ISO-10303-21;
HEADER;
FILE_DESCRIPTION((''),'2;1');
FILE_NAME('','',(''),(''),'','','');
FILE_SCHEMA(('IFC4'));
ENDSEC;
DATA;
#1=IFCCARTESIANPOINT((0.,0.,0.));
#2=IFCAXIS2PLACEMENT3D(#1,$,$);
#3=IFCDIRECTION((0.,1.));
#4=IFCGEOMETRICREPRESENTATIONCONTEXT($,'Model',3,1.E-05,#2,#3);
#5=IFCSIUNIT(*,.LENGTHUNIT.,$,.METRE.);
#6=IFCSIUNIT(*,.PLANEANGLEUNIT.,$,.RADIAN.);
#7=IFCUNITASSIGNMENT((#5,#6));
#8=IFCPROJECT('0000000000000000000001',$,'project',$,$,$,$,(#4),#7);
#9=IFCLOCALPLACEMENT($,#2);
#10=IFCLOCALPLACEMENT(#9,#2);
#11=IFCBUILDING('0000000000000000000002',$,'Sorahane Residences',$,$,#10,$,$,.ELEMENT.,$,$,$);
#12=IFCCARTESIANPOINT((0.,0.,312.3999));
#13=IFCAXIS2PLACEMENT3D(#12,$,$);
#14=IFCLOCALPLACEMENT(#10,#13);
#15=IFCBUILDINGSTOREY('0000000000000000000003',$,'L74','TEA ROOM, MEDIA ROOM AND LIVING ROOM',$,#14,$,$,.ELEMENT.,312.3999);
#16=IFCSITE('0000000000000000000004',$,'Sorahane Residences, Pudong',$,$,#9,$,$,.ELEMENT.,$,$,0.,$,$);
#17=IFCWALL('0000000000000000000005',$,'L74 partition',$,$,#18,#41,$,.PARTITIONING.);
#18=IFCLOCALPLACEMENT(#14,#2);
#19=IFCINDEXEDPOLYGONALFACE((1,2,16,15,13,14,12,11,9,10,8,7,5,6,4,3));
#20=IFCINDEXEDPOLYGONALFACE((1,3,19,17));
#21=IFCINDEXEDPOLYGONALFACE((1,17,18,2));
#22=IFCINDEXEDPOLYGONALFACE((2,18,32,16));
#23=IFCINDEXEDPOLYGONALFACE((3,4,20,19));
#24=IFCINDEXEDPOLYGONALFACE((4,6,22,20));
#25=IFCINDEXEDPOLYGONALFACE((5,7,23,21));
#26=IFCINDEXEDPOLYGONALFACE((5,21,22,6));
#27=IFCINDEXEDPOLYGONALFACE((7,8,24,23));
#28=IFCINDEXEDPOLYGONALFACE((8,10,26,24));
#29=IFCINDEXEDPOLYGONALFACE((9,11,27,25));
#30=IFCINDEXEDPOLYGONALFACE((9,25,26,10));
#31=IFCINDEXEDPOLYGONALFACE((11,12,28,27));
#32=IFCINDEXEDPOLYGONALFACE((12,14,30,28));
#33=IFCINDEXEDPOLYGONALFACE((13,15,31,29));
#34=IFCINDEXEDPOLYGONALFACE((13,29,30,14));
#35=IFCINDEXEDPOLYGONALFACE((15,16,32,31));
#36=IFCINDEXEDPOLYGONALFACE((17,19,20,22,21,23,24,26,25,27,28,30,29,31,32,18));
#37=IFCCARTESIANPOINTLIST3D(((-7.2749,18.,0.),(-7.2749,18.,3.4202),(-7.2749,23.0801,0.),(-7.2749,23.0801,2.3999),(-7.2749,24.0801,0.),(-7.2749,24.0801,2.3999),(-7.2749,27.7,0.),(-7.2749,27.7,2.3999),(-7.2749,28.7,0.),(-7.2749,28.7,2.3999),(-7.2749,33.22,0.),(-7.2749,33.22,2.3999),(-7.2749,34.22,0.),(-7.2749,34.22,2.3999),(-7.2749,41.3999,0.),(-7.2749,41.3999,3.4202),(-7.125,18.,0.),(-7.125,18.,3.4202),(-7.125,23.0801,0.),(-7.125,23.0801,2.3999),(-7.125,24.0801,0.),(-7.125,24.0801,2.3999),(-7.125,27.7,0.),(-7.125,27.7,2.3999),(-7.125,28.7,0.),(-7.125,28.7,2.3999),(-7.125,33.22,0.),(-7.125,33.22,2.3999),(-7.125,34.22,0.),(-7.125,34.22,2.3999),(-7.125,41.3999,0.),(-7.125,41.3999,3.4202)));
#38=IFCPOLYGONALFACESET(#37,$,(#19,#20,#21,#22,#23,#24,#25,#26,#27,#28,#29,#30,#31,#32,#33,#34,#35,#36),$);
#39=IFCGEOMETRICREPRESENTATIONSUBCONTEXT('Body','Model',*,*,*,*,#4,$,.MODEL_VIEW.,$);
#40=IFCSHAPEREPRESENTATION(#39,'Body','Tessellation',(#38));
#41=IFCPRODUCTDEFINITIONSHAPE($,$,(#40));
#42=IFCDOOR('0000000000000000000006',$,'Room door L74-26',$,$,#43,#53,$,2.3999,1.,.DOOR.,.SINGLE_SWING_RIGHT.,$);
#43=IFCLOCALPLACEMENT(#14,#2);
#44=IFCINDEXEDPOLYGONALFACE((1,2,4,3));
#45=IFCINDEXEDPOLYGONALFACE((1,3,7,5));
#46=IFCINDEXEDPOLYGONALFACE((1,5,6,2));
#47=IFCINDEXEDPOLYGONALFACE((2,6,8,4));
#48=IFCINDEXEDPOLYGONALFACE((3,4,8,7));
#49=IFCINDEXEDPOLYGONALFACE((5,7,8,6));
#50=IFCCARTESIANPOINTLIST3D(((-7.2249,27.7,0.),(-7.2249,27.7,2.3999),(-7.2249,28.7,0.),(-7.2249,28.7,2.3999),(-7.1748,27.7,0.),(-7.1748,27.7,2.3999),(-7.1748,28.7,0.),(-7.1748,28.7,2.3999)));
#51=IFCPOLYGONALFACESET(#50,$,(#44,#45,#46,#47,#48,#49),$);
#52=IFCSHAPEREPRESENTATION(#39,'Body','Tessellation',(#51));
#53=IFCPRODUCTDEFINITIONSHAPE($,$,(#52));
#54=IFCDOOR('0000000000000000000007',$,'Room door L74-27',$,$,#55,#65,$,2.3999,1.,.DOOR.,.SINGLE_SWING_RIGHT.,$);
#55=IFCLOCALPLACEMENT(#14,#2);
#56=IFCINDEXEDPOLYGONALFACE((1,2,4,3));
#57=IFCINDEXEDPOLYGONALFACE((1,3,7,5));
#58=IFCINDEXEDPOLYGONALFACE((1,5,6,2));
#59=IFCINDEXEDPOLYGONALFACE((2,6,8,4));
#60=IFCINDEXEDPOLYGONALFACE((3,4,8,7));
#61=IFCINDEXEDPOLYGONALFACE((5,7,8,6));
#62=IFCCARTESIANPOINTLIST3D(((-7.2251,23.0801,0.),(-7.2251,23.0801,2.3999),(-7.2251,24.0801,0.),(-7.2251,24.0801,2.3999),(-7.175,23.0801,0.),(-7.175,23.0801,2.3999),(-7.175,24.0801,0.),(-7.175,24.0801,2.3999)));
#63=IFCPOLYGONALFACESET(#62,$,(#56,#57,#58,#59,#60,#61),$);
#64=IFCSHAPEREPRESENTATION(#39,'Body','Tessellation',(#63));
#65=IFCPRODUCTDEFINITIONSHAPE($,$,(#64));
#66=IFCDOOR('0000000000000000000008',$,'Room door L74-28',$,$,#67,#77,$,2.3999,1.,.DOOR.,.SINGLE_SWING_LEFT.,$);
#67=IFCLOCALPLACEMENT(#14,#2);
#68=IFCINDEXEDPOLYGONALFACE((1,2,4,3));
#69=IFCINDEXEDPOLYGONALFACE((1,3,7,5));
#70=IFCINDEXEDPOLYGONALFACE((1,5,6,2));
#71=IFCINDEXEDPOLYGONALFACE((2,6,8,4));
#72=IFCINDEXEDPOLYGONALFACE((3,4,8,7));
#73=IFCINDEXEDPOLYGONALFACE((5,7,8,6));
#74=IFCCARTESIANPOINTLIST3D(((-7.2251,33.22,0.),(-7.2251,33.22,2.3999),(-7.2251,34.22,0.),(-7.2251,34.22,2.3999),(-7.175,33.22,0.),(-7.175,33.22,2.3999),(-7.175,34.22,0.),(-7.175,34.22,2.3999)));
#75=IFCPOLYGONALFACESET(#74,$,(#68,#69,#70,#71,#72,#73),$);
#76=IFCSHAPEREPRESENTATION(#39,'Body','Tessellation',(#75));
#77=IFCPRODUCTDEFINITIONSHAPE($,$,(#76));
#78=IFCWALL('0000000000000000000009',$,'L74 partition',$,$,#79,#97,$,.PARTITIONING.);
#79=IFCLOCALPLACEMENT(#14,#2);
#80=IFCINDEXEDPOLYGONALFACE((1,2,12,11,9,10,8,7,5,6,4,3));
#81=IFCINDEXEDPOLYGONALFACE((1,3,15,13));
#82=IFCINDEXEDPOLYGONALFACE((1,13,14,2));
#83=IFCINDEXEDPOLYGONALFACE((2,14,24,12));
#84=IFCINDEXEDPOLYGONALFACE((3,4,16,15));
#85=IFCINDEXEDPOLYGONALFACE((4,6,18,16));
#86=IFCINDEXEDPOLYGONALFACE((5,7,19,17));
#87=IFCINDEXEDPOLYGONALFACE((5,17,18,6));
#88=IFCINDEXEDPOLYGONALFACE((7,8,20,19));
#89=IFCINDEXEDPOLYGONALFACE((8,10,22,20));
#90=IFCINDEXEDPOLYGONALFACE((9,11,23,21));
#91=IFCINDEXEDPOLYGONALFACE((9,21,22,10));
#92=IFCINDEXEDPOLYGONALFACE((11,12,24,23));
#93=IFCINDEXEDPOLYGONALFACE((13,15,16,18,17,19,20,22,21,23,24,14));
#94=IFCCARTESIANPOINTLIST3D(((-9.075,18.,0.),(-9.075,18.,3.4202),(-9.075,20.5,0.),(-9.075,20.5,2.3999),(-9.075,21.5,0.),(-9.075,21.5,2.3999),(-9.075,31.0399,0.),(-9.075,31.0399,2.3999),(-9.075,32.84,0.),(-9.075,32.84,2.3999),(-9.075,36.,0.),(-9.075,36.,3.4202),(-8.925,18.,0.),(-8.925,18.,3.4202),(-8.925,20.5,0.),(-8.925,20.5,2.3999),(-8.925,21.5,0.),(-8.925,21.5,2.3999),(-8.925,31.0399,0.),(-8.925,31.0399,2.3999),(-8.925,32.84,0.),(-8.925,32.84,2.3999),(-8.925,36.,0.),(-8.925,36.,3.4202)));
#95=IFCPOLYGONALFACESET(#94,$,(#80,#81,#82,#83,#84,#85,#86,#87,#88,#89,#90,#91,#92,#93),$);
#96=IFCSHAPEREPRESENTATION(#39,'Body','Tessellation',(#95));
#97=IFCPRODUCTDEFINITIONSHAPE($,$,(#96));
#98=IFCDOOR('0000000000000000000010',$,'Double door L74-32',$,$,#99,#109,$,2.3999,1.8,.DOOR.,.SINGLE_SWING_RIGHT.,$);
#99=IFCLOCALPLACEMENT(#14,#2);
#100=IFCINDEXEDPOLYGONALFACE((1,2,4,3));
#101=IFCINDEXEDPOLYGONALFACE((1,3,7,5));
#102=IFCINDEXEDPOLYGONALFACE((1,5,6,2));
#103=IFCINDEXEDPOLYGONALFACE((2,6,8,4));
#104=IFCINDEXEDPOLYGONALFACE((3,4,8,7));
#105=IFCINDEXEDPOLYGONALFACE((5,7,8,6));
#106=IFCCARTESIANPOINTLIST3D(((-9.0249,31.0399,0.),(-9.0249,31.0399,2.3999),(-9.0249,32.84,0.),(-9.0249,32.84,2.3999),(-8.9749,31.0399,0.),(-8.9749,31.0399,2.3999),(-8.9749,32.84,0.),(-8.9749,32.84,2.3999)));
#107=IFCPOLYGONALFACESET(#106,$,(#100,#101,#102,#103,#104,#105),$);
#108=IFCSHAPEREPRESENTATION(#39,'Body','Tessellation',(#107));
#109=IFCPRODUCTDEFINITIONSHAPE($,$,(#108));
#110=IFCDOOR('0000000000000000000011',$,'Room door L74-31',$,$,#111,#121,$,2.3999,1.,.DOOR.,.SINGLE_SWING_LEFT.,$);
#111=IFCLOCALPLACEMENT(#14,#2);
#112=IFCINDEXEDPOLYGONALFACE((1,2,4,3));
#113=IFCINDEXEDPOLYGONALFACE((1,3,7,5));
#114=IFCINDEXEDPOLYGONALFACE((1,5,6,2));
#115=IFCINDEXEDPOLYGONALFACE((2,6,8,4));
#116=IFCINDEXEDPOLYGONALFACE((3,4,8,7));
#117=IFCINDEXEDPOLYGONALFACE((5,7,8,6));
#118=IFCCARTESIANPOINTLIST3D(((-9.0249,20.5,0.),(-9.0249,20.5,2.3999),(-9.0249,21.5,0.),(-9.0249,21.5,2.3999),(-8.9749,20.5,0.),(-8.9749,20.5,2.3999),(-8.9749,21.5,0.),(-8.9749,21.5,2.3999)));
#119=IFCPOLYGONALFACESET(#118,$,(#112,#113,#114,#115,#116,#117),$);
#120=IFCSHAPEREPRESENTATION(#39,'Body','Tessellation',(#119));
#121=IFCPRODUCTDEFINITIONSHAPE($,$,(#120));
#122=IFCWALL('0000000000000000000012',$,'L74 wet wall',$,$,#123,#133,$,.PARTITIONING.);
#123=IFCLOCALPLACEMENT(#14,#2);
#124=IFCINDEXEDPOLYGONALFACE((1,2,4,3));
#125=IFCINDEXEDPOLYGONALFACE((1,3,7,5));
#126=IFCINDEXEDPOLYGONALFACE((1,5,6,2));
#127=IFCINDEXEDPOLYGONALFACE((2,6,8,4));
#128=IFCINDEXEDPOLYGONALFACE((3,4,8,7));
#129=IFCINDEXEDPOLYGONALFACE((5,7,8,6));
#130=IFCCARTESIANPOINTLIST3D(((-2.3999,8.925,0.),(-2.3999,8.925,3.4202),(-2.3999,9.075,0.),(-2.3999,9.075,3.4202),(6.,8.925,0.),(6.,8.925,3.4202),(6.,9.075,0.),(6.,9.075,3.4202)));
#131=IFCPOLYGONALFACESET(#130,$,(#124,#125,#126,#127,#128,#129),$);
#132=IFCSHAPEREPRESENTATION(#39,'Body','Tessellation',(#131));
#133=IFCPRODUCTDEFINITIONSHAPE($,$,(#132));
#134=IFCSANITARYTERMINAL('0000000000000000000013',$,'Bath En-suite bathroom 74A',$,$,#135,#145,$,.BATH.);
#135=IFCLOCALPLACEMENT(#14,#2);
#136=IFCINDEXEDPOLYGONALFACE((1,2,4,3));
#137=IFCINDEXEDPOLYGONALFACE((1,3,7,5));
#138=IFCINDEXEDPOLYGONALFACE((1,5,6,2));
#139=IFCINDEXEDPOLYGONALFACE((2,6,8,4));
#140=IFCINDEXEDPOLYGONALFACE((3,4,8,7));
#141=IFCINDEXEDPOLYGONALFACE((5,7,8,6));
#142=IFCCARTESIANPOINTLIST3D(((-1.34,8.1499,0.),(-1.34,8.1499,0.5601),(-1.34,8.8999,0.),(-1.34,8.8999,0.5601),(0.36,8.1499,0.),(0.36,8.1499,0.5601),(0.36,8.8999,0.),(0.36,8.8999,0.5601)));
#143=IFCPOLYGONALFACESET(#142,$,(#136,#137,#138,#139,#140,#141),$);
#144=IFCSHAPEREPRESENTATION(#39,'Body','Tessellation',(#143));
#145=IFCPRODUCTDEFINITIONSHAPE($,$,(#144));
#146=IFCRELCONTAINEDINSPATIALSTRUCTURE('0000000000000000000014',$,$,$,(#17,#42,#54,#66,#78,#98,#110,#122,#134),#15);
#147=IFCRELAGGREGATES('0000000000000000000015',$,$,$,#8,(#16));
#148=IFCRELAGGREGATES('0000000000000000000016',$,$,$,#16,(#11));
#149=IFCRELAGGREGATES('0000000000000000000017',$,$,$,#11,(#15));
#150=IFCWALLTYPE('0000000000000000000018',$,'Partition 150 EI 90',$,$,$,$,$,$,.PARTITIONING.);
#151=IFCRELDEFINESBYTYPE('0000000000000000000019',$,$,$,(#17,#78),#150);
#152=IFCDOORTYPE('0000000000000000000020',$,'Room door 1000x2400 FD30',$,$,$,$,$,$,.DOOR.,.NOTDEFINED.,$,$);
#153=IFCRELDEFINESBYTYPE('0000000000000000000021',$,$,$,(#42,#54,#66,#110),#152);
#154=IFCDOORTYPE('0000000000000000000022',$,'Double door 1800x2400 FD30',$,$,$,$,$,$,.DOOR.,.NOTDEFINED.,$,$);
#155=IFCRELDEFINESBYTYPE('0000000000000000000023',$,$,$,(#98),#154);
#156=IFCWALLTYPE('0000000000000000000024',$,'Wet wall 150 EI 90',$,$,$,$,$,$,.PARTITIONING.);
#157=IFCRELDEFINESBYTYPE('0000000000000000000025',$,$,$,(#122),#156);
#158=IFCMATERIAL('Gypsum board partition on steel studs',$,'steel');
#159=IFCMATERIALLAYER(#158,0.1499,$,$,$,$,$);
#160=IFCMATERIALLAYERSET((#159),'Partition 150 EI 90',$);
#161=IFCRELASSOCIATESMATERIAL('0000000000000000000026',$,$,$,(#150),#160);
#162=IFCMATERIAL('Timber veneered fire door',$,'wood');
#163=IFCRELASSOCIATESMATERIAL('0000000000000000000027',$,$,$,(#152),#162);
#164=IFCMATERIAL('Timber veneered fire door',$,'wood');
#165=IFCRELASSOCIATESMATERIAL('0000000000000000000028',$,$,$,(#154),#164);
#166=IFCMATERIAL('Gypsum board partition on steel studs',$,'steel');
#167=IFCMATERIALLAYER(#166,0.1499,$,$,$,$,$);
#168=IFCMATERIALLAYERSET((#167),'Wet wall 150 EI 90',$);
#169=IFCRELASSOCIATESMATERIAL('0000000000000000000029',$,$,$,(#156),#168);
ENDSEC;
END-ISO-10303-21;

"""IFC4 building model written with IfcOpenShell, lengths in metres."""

from ifc_helpers import new_model, si_unit, direction, frame, frame_2d, origin, origin_2d, place, context, subcontext, project, spatial, rectangle, extrude, material, layer, layer_set, type_object, element, fill, save


model = new_model("IFC4")

# Units and contexts
model_context = context("Model", 3, precision=1e-05, world=origin(), true_north=direction((0.0, 1.0)))
body_context = subcontext(model_context, "Body", "Model", "MODEL_VIEW")
ifc_project = project(units=[si_unit("LENGTHUNIT", "METRE"), si_unit("PLANEANGLEUNIT", "RADIAN")], contexts=[model_context])

# Site, building, storey
site_placement = place(None, origin())
site = spatial("IfcSite", under=ifc_project, at=site_placement, Name="Sorahane Residences, Pudong", CompositionType="ELEMENT", RefElevation=0.0)
building_placement = place(site_placement, origin())
building = spatial("IfcBuilding", under=site, at=building_placement, Name="Sorahane Residences", CompositionType="ELEMENT")
storey_placement = place(building_placement, frame((0.0, 0.0, 312.3999)))
storey = spatial("IfcBuildingStorey", under=building, at=storey_placement, Name="L74", Description="TEA ROOM, MEDIA ROOM AND LIVING ROOM", CompositionType="ELEMENT", Elevation=312.3999)

# Shared definitions
ifc_material_1 = material(Name="Gypsum board partition on steel studs", Category="steel")
ifc_layer_1 = layer(ifc_material_1, 0.1499)
ifc_layer_set_1 = layer_set([ifc_layer_1], Name="Partition 150 EI 90")
wall_type_1 = type_object("IfcWallType", Name="Partition 150 EI 90", PredefinedType="PARTITIONING", material=ifc_layer_set_1)

# Walls, openings, doors
wall_1_placement = place(storey_placement, frame((-7.2, 18.0, 0.0), z_axis=(0.0, 0.0, 1.0), x_axis=(0.0, 1.0, 0.0)))
wall_1 = element("IfcWall", 1, at=wall_1_placement, inside=storey, type_object=wall_type_1, Name="L74 partition", PredefinedType="PARTITIONING", context=body_context, shape_type="SweptSolid", body=[
    extrude(rectangle(XDim=23.3999, YDim=0.1499, at=frame_2d((11.7, 0.0))), origin(), (0.0, 0.0, 1.0), 3.4202),
])
opening_1_placement = place(wall_1_placement, frame((9.7, 0.0, 0.0)))
opening_1 = element("IfcOpeningElement", 2, at=opening_1_placement, cuts=wall_1, PredefinedType="OPENING", context=body_context, shape_type="SweptSolid", body=[
    extrude(rectangle(XDim=1.0, YDim=2.3999, at=frame_2d((0.5, 1.2))), frame((0.0, 0.085, 0.0), z_axis=(0.0, -1.0, 0.0), x_axis=(1.0, 0.0, 0.0)), (0.0, 0.0, 1.0), 0.1699),
])
opening_2_placement = place(wall_1_placement, frame((5.0801, 0.0, 0.0)))
opening_2 = element("IfcOpeningElement", 3, at=opening_2_placement, cuts=wall_1, PredefinedType="OPENING", context=body_context, shape_type="SweptSolid", body=[
    extrude(rectangle(XDim=1.0, YDim=2.3999, at=frame_2d((0.5, 1.2))), frame((0.0, 0.085, 0.0), z_axis=(0.0, -1.0, 0.0), x_axis=(1.0, 0.0, 0.0)), (0.0, 0.0, 1.0), 0.1699),
])
opening_3_placement = place(wall_1_placement, frame((15.22, 0.0, 0.0)))
opening_3 = element("IfcOpeningElement", 4, at=opening_3_placement, cuts=wall_1, PredefinedType="OPENING", context=body_context, shape_type="SweptSolid", body=[
    extrude(rectangle(XDim=1.0, YDim=2.3999, at=frame_2d((0.5, 1.2))), frame((0.0, 0.085, 0.0), z_axis=(0.0, -1.0, 0.0), x_axis=(1.0, 0.0, 0.0)), (0.0, 0.0, 1.0), 0.1699),
])
ifc_material_2 = material(Name="Timber veneered fire door", Category="wood")
door_type_1 = type_object("IfcDoorType", Name="Room door 1000x2400 FD30", OperationType="NOTDEFINED", PredefinedType="DOOR", material=ifc_material_2)
door_1_placement = place(opening_1_placement, origin())
door_1 = element("IfcDoor", 5, at=door_1_placement, inside=storey, type_object=door_type_1, Name="Room door L74-26", OperationType="SINGLE_SWING_RIGHT", OverallHeight=2.3999, OverallWidth=1.0, PredefinedType="DOOR", context=body_context, shape_type="SweptSolid", body=[
    extrude(rectangle(XDim=1.0, YDim=2.3999, at=frame_2d((0.5, 1.2))), frame((0.0, 0.0249, 0.0), z_axis=(0.0, -1.0, 0.0), x_axis=(1.0, 0.0, 0.0)), (0.0, 0.0, 1.0), 0.05),
])
fill(opening_1, door_1)
door_2_placement = place(opening_2_placement, frame((1.0, 0.0, 0.0), z_axis=(0.0, 0.0, 1.0), x_axis=(-1.0, 0.0, 0.0)))
door_2 = element("IfcDoor", 6, at=door_2_placement, inside=storey, type_object=door_type_1, Name="Room door L74-27", OperationType="SINGLE_SWING_RIGHT", OverallHeight=2.3999, OverallWidth=1.0, PredefinedType="DOOR", context=body_context, shape_type="SweptSolid", body=[
    extrude(rectangle(XDim=1.0, YDim=2.3999, at=frame_2d((0.5, 1.2))), frame((0.0, 0.0249, 0.0), z_axis=(0.0, -1.0, 0.0), x_axis=(1.0, 0.0, 0.0)), (0.0, 0.0, 1.0), 0.05),
])
fill(opening_2, door_2)
door_3_placement = place(opening_3_placement, frame((1.0, 0.0, 0.0), z_axis=(0.0, 0.0, 1.0), x_axis=(-1.0, 0.0, 0.0)))
door_3 = element("IfcDoor", 7, at=door_3_placement, inside=storey, type_object=door_type_1, Name="Room door L74-28", OperationType="SINGLE_SWING_LEFT", OverallHeight=2.3999, OverallWidth=1.0, PredefinedType="DOOR", context=body_context, shape_type="SweptSolid", body=[
    extrude(rectangle(XDim=1.0, YDim=2.3999, at=frame_2d((0.5, 1.2))), frame((0.0, 0.0249, 0.0), z_axis=(0.0, -1.0, 0.0), x_axis=(1.0, 0.0, 0.0)), (0.0, 0.0, 1.0), 0.05),
])
fill(opening_3, door_3)
wall_2_placement = place(storey_placement, frame((-9.0, 18.0, 0.0), z_axis=(0.0, 0.0, 1.0), x_axis=(0.0, 1.0, 0.0)))
wall_2 = element("IfcWall", 8, at=wall_2_placement, inside=storey, type_object=wall_type_1, Name="L74 partition", PredefinedType="PARTITIONING", context=body_context, shape_type="SweptSolid", body=[
    extrude(rectangle(XDim=18.0, YDim=0.1499, at=frame_2d((9.0, 0.0))), origin(), (0.0, 0.0, 1.0), 3.4202),
])
opening_4_placement = place(wall_2_placement, frame((2.5, 0.0, 0.0)))
opening_4 = element("IfcOpeningElement", 9, at=opening_4_placement, cuts=wall_2, PredefinedType="OPENING", context=body_context, shape_type="SweptSolid", body=[
    extrude(rectangle(XDim=1.0, YDim=2.3999, at=frame_2d((0.5, 1.2))), frame((0.0, 0.085, 0.0), z_axis=(0.0, -1.0, 0.0), x_axis=(1.0, 0.0, 0.0)), (0.0, 0.0, 1.0), 0.1699),
])
opening_5_placement = place(wall_2_placement, frame((13.04, 0.0, 0.0)))
opening_5 = element("IfcOpeningElement", 10, at=opening_5_placement, cuts=wall_2, PredefinedType="OPENING", context=body_context, shape_type="SweptSolid", body=[
    extrude(rectangle(XDim=1.8, YDim=2.3999, at=frame_2d((0.8999, 1.2))), frame((0.0, 0.085, 0.0), z_axis=(0.0, -1.0, 0.0), x_axis=(1.0, 0.0, 0.0)), (0.0, 0.0, 1.0), 0.1699),
])
ifc_material_3 = material(Name="Timber veneered fire door", Category="wood")
door_type_2 = type_object("IfcDoorType", Name="Double door 1800x2400 FD30", OperationType="NOTDEFINED", PredefinedType="DOOR", material=ifc_material_3)
door_4_placement = place(opening_5_placement, origin())
door_4 = element("IfcDoor", 11, at=door_4_placement, inside=storey, type_object=door_type_2, Name="Double door L74-32", OperationType="SINGLE_SWING_RIGHT", OverallHeight=2.3999, OverallWidth=1.8, PredefinedType="DOOR", context=body_context, shape_type="SweptSolid", body=[
    extrude(rectangle(XDim=1.8, YDim=2.3999, at=frame_2d((0.8999, 1.2))), frame((0.0, 0.0249, 0.0), z_axis=(0.0, -1.0, 0.0), x_axis=(1.0, 0.0, 0.0)), (0.0, 0.0, 1.0), 0.05),
])
fill(opening_5, door_4)
door_5_placement = place(opening_4_placement, origin())
door_5 = element("IfcDoor", 12, at=door_5_placement, inside=storey, type_object=door_type_1, Name="Room door L74-31", OperationType="SINGLE_SWING_LEFT", OverallHeight=2.3999, OverallWidth=1.0, PredefinedType="DOOR", context=body_context, shape_type="SweptSolid", body=[
    extrude(rectangle(XDim=1.0, YDim=2.3999, at=frame_2d((0.5, 1.2))), frame((0.0, 0.0249, 0.0), z_axis=(0.0, -1.0, 0.0), x_axis=(1.0, 0.0, 0.0)), (0.0, 0.0, 1.0), 0.05),
])
fill(opening_4, door_5)

# Wall
ifc_material_4 = material(Name="Gypsum board partition on steel studs", Category="steel")
ifc_layer_2 = layer(ifc_material_4, 0.1499)
ifc_layer_set_2 = layer_set([ifc_layer_2], Name="Wet wall 150 EI 90")
wall_type_2 = type_object("IfcWallType", Name="Wet wall 150 EI 90", PredefinedType="PARTITIONING", material=ifc_layer_set_2)
wall_3_placement = place(storey_placement, frame((-2.3999, 9.0, 0.0), z_axis=(0.0, 0.0, 1.0), x_axis=(1.0, 0.0, 0.0)))
element("IfcWall", 13, at=wall_3_placement, inside=storey, type_object=wall_type_2, Name="L74 wet wall", PredefinedType="PARTITIONING", context=body_context, shape_type="SweptSolid", body=[
    extrude(rectangle(XDim=8.3999, YDim=0.1499, at=frame_2d((4.2, 0.0))), origin(), (0.0, 0.0, 1.0), 3.4202),
])

# Sanitary terminal
sanitary_terminal_placement = place(storey_placement, frame((-0.49, 8.5249, 0.0), z_axis=(0.0, 0.0, 1.0), x_axis=(1.0, 0.0, 0.0)))
element("IfcSanitaryTerminal", 14, at=sanitary_terminal_placement, inside=storey, Name="Bath En-suite bathroom 74A", PredefinedType="BATH", context=body_context, shape_type="SweptSolid", body=[
    extrude(rectangle(XDim=1.7, YDim=0.75, at=origin_2d()), origin(), (0.0, 0.0, 1.0), 0.5601),
])

save(model, "model.ifc")
